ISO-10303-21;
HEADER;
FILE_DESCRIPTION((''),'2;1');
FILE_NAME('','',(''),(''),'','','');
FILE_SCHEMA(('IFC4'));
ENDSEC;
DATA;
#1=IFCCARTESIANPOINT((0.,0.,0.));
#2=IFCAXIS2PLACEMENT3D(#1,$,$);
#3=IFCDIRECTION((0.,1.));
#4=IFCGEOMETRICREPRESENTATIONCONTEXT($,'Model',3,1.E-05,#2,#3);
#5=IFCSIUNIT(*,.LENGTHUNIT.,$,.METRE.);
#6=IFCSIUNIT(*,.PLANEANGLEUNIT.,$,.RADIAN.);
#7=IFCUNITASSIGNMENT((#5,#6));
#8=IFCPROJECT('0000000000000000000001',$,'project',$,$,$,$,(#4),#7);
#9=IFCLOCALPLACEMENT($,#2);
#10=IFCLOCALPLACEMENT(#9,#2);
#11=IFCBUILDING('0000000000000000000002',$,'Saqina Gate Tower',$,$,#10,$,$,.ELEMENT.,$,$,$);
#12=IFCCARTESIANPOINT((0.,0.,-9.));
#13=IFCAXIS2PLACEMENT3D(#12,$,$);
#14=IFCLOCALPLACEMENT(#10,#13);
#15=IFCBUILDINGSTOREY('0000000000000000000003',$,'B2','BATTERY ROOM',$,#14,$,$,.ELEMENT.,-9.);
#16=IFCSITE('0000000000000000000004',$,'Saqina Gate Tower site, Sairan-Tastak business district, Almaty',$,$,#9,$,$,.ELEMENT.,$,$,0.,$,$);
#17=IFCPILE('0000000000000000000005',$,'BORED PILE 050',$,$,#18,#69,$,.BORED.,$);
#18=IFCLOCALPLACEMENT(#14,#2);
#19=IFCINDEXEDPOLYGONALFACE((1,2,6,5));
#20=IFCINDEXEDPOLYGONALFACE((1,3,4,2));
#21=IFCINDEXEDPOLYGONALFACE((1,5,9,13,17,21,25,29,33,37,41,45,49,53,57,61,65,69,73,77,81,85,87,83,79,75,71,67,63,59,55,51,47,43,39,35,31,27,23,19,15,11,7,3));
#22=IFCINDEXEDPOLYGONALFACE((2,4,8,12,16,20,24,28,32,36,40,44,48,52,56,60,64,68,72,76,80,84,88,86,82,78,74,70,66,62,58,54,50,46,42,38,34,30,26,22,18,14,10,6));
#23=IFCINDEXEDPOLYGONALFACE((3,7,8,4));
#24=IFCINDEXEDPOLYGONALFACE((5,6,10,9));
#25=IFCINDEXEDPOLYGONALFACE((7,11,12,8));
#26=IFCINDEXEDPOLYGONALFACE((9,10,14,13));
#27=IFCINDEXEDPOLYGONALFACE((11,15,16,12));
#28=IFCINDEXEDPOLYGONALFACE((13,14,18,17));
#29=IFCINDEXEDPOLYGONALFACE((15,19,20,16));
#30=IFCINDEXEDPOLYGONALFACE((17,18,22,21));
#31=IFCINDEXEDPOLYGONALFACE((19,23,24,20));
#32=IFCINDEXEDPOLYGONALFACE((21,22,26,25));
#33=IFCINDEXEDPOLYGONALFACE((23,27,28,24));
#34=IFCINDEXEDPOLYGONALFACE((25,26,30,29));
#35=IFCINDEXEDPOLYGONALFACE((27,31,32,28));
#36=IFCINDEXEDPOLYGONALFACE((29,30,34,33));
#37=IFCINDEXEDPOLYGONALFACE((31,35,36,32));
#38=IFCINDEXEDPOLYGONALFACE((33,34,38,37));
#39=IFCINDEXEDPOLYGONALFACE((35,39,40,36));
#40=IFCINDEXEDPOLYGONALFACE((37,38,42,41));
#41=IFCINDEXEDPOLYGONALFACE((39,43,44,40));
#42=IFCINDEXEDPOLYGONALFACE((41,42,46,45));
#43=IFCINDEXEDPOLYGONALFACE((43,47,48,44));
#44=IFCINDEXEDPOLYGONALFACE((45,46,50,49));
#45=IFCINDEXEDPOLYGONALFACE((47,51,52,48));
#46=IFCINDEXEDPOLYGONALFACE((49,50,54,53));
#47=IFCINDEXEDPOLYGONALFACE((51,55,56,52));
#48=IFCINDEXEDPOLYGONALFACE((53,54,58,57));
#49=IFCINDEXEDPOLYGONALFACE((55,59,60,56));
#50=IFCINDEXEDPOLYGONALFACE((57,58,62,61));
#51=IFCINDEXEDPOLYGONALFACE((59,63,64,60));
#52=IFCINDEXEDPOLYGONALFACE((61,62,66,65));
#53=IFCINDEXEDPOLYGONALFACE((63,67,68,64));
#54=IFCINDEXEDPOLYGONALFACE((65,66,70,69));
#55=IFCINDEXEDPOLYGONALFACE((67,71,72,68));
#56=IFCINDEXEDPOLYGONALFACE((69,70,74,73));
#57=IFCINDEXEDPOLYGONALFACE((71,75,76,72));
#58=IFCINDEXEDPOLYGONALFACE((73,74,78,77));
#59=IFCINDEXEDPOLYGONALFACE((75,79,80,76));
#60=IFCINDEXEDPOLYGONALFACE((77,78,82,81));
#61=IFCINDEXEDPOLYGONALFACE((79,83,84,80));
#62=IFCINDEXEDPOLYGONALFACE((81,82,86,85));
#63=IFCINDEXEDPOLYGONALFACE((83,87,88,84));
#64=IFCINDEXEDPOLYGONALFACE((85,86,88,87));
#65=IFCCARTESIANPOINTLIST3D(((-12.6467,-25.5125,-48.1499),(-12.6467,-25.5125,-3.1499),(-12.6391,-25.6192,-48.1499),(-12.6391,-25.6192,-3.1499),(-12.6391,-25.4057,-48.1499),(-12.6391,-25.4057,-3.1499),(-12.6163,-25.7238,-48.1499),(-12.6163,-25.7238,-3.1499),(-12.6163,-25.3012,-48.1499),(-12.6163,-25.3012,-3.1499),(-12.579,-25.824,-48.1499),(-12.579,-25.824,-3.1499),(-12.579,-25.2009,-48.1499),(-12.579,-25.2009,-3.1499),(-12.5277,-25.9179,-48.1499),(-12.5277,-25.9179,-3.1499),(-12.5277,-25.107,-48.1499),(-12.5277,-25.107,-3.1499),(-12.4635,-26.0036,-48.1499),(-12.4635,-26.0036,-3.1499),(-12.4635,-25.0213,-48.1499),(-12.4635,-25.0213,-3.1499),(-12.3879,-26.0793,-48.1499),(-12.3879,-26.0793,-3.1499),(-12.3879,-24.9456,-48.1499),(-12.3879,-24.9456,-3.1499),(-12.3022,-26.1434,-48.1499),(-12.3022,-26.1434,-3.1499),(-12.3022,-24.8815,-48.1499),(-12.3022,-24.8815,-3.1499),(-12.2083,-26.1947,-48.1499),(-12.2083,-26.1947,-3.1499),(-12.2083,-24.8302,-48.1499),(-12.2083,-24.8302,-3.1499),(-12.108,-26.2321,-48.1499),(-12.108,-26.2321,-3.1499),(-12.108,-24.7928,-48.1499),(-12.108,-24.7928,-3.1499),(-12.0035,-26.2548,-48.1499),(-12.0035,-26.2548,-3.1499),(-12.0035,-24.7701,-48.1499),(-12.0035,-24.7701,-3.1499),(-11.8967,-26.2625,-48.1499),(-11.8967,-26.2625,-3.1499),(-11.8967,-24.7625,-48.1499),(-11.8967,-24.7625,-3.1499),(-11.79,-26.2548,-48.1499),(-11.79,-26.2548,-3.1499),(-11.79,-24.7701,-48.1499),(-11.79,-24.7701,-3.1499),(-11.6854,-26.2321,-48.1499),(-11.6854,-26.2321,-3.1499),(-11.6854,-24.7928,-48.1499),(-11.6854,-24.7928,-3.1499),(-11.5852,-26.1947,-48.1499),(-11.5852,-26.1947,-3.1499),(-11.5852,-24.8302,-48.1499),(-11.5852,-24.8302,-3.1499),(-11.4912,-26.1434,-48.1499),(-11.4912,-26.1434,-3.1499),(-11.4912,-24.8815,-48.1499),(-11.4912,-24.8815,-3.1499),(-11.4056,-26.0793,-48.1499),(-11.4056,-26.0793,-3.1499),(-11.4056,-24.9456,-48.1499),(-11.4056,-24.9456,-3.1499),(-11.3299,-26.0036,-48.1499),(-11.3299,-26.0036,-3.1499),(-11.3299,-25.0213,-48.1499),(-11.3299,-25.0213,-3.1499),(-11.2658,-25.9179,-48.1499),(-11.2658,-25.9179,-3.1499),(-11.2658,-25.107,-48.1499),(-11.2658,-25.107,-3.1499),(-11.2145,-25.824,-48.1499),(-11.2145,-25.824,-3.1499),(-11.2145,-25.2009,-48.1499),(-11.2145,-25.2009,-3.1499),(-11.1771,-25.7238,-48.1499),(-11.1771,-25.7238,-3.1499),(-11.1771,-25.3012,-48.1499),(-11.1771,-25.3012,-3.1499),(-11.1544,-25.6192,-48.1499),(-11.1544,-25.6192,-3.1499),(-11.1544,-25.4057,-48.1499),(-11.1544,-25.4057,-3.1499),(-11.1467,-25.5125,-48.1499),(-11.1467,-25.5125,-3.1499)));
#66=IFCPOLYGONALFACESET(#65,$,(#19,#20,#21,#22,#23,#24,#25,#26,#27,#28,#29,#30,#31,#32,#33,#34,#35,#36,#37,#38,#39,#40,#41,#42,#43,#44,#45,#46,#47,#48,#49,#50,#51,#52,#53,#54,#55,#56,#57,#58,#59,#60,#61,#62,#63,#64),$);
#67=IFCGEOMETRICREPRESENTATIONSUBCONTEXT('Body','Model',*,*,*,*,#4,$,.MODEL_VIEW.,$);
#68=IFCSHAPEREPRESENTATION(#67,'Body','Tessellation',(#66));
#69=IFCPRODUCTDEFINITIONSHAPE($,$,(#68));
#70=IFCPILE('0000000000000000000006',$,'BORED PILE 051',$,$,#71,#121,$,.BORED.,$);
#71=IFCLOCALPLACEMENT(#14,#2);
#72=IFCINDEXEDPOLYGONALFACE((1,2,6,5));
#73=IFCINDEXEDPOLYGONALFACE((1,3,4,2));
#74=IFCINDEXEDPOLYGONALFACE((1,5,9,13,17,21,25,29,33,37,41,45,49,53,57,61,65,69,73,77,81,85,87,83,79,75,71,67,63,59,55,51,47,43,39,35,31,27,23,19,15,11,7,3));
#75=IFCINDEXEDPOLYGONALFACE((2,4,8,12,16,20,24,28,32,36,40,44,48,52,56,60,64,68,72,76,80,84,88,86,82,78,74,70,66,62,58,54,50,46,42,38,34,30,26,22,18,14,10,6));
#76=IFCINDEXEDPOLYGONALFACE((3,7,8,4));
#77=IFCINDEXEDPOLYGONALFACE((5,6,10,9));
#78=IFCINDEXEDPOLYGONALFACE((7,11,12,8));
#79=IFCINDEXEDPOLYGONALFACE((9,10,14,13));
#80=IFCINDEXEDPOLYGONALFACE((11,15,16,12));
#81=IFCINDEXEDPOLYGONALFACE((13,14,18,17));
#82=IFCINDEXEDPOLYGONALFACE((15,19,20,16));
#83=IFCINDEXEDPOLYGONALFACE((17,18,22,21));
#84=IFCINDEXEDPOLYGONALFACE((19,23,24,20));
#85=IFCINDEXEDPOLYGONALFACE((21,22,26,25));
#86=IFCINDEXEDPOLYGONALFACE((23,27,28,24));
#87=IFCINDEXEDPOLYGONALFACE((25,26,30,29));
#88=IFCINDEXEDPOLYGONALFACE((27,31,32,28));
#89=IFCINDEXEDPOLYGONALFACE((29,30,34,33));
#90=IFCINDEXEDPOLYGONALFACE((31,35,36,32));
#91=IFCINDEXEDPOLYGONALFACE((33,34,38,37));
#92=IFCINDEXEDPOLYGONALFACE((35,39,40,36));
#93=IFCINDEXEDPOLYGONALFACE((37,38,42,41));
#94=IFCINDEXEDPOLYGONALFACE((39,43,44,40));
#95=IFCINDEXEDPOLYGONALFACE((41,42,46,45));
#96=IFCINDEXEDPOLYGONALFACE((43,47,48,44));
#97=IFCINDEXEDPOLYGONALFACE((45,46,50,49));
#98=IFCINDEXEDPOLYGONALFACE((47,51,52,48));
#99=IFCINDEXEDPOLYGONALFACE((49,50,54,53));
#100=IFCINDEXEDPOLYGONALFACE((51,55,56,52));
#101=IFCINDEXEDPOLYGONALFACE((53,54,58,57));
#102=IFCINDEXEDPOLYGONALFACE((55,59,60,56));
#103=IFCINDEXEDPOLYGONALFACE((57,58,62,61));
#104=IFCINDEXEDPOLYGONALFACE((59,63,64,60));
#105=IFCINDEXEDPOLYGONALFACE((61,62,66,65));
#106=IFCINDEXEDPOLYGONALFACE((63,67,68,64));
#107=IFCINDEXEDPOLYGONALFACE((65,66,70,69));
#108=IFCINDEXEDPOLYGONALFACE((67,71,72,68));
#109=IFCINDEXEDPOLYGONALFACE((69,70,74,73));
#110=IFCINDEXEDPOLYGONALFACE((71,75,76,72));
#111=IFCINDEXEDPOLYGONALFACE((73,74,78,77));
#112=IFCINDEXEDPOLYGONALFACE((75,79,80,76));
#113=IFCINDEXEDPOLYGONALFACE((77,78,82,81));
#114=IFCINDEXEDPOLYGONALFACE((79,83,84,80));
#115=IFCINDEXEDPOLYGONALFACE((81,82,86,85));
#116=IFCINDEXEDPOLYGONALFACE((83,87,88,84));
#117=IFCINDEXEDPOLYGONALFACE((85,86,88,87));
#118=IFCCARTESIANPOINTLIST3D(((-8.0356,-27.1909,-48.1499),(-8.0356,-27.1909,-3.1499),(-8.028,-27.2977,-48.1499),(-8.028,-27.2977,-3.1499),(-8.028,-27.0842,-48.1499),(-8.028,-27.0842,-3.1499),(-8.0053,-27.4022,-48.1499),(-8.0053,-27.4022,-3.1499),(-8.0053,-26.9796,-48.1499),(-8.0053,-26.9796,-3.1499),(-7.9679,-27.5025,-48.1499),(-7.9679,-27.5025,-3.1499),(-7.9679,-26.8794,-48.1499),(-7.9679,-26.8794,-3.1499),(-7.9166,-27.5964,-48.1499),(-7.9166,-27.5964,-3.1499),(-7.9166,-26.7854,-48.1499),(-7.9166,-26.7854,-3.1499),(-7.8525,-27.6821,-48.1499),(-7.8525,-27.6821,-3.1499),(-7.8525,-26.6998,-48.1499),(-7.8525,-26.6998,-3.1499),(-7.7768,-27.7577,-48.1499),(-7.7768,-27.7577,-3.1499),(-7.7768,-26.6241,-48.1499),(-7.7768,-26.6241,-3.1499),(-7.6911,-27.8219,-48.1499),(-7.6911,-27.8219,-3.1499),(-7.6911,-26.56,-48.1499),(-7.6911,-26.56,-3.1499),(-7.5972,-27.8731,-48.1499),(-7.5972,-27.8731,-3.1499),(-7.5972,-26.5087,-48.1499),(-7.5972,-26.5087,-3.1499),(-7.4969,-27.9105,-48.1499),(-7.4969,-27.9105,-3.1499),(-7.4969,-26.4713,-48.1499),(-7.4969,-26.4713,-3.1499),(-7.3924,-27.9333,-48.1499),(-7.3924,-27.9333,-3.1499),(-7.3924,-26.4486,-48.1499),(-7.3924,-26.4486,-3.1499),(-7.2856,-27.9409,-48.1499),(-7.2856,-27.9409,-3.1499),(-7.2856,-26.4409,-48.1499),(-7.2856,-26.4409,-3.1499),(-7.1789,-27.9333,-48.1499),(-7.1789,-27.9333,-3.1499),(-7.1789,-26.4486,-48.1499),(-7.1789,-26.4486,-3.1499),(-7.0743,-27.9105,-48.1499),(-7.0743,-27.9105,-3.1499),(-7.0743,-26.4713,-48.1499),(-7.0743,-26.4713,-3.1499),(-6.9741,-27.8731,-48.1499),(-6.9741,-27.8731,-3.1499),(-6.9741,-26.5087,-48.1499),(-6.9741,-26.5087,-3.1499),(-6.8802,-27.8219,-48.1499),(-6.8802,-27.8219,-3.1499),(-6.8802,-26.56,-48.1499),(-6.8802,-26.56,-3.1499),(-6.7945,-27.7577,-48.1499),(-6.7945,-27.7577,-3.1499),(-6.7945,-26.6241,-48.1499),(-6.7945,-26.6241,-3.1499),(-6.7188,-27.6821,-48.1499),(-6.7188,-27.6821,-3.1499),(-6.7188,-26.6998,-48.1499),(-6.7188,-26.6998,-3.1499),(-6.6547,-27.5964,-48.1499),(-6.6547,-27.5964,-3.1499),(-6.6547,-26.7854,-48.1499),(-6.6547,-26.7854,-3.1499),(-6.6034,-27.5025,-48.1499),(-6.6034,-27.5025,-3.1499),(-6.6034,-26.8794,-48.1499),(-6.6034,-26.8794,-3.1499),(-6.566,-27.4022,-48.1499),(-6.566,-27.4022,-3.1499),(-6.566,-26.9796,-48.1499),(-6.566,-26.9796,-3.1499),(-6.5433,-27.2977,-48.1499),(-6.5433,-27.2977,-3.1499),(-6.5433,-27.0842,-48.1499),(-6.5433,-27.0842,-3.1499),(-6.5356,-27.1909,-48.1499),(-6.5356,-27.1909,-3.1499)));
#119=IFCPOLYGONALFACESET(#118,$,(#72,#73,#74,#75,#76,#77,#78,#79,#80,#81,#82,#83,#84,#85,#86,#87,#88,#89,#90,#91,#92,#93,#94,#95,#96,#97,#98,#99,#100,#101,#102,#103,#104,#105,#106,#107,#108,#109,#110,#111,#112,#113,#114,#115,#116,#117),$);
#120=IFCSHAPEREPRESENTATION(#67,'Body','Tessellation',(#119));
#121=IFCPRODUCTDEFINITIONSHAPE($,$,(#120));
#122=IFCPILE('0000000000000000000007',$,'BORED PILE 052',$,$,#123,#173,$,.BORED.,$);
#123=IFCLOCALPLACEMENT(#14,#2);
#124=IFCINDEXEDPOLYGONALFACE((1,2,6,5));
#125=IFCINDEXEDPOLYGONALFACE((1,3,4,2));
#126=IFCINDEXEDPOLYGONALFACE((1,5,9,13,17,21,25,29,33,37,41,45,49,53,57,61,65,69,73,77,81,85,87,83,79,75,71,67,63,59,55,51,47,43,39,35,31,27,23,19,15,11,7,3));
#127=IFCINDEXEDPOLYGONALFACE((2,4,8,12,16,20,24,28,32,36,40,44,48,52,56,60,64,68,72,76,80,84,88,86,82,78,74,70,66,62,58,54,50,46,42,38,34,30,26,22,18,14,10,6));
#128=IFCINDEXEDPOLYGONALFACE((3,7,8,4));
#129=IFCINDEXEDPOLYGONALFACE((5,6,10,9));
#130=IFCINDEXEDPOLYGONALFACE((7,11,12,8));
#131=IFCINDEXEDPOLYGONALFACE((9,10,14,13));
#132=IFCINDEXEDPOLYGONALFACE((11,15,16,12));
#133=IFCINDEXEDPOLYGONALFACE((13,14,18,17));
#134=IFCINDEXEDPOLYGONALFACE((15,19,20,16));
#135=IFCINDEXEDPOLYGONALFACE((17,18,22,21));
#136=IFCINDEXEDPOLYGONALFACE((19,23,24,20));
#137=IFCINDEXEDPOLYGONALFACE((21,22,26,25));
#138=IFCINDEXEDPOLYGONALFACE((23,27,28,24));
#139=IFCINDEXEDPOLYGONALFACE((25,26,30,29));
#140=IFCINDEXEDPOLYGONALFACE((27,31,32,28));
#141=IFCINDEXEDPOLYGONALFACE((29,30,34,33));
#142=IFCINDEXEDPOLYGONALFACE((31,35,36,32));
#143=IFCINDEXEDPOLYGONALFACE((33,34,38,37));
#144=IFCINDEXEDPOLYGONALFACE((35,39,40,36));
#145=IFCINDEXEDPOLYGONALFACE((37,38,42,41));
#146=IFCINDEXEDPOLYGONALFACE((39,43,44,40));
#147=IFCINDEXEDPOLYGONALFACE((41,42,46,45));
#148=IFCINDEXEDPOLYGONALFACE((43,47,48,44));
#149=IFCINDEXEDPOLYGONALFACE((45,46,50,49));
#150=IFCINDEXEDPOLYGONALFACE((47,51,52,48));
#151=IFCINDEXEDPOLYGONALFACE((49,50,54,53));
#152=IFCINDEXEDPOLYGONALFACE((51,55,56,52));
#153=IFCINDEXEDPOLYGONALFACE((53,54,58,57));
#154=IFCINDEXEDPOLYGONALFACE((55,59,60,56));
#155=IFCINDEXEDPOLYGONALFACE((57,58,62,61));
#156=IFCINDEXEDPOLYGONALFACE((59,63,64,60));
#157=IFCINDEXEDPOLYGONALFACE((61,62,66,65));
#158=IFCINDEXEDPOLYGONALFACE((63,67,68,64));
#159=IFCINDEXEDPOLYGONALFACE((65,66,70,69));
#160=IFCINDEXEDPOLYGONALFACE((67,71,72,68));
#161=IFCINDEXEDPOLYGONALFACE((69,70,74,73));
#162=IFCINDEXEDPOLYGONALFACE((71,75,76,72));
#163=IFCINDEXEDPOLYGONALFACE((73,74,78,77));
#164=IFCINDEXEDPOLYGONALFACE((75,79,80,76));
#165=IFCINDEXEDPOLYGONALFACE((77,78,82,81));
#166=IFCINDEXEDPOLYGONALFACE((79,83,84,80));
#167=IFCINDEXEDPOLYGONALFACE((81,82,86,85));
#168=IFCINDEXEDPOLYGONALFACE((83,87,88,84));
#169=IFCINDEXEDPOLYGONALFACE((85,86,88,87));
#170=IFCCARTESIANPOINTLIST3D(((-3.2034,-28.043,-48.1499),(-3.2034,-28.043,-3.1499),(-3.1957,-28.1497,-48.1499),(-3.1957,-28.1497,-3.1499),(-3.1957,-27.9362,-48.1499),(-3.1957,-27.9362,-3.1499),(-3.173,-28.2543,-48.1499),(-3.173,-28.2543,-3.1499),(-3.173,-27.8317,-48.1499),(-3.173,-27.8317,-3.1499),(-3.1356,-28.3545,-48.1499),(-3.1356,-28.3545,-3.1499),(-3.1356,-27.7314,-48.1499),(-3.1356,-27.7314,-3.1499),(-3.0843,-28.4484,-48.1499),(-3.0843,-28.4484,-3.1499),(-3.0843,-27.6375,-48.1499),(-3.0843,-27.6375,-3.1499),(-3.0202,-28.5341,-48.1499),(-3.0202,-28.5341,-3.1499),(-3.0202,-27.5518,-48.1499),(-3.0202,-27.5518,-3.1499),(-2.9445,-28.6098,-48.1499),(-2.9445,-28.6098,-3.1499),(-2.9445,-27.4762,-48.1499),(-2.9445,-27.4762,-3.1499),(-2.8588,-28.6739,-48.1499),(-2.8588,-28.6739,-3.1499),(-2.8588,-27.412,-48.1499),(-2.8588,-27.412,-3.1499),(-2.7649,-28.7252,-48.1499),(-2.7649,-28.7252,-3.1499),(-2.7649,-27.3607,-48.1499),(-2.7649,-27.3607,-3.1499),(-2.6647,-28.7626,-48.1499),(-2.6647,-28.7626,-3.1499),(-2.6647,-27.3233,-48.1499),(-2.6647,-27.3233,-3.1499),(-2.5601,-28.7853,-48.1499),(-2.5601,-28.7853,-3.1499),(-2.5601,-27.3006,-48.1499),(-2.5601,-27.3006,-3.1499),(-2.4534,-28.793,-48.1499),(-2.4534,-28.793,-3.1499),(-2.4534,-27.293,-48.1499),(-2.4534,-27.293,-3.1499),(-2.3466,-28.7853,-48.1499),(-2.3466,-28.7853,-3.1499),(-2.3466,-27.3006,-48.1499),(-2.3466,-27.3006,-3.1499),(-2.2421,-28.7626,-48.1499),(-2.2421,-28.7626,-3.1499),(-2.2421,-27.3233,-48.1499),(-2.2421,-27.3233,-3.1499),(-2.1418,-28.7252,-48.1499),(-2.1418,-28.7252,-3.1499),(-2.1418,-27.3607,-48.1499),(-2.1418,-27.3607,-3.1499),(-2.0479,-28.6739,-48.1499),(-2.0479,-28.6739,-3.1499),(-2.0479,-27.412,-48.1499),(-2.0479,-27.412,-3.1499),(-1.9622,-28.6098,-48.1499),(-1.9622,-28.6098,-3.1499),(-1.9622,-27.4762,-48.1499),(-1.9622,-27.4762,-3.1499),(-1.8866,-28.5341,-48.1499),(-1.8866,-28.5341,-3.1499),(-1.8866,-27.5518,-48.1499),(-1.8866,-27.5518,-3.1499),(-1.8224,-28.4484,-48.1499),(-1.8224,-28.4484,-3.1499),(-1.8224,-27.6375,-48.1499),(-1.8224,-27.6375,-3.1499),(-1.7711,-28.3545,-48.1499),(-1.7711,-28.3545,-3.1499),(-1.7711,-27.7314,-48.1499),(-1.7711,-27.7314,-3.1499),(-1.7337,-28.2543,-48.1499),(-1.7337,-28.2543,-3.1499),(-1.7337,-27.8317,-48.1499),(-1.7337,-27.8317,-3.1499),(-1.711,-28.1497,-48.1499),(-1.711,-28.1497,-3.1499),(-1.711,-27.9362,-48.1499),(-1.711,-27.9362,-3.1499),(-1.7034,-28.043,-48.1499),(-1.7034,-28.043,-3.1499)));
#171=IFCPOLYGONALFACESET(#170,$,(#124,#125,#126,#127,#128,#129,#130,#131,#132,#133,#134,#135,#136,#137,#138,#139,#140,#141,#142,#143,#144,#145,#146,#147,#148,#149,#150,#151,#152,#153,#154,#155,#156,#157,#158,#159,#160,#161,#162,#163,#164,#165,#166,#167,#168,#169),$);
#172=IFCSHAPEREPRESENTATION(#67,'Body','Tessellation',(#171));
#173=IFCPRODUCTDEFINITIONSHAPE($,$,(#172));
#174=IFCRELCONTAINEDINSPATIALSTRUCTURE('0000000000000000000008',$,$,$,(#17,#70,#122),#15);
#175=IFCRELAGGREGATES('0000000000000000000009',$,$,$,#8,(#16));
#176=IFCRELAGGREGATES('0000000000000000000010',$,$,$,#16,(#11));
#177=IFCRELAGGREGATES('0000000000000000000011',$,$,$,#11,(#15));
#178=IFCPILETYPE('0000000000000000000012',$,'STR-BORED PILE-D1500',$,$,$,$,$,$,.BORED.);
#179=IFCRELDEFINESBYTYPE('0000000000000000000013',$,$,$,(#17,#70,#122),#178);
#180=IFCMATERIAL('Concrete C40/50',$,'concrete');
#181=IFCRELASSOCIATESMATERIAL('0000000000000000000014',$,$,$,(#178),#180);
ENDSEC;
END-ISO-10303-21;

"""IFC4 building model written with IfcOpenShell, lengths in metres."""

from ifc_helpers import new_model, si_unit, direction, frame, origin, origin_2d, place, context, subcontext, project, spatial, circle, extrude, material, material_profile, profile_set, type_object, element, save


model = new_model("IFC4")

# Units and contexts
model_context = context("Model", 3, precision=1e-05, world=origin(), true_north=direction((0.0, 1.0)))
body_context = subcontext(model_context, "Body", "Model", "MODEL_VIEW")
ifc_project = project(units=[si_unit("LENGTHUNIT", "METRE"), si_unit("PLANEANGLEUNIT", "RADIAN")], contexts=[model_context])

# Site, building, storey
site_placement = place(None, origin())
site = spatial("IfcSite", under=ifc_project, at=site_placement, Name="Saqina Gate Tower site, Sairan-Tastak business district, Almaty", CompositionType="ELEMENT", RefElevation=0.0)
building_placement = place(site_placement, origin())
building = spatial("IfcBuilding", under=site, at=building_placement, Name="Saqina Gate Tower", CompositionType="ELEMENT")
storey_placement = place(building_placement, frame((0.0, 0.0, -9.0)))
storey = spatial("IfcBuildingStorey", under=building, at=storey_placement, Name="B2", Description="BATTERY ROOM", CompositionType="ELEMENT", Elevation=-9.0)

# Piles
ifc_material_1 = material(Name="Concrete C40/50", Category="concrete")
ifc_material_profile_1 = material_profile(ifc_material_1, circle(Radius=0.75, at=origin_2d()), Name="RC D1500")
ifc_profile_set_1 = profile_set([ifc_material_profile_1], Name="Concrete C40/50")
pile_type = type_object("IfcPileType", Name="STR-BORED PILE-D1500", PredefinedType="BORED", material=ifc_profile_set_1)
for number, where, z_axis, x_axis, name in (
    (1, (-11.8967, -25.5125, -3.1499), (0.0, 0.0, -1.0), (1.0, 0.0, 0.0), "BORED PILE 050"),
    (2, (-7.2856, -27.1909, -3.1499), (0.0, 0.0, -1.0), (1.0, 0.0, 0.0), "BORED PILE 051"),
    (3, (-2.4534, -28.043, -3.1499), (0.0, 0.0, -1.0), (1.0, 0.0, 0.0), "BORED PILE 052"),
):
    element("IfcPile", number, at=place(storey_placement, frame(where, z_axis=z_axis, x_axis=x_axis)), inside=storey, type_object=pile_type, Name=name, PredefinedType="BORED", context=body_context, shape_type="SweptSolid", body=[
        extrude(circle(Radius=0.75, at=origin_2d()), origin(), (0.0, 0.0, 1.0), 45.0),
    ])

save(model, "model.ifc")
